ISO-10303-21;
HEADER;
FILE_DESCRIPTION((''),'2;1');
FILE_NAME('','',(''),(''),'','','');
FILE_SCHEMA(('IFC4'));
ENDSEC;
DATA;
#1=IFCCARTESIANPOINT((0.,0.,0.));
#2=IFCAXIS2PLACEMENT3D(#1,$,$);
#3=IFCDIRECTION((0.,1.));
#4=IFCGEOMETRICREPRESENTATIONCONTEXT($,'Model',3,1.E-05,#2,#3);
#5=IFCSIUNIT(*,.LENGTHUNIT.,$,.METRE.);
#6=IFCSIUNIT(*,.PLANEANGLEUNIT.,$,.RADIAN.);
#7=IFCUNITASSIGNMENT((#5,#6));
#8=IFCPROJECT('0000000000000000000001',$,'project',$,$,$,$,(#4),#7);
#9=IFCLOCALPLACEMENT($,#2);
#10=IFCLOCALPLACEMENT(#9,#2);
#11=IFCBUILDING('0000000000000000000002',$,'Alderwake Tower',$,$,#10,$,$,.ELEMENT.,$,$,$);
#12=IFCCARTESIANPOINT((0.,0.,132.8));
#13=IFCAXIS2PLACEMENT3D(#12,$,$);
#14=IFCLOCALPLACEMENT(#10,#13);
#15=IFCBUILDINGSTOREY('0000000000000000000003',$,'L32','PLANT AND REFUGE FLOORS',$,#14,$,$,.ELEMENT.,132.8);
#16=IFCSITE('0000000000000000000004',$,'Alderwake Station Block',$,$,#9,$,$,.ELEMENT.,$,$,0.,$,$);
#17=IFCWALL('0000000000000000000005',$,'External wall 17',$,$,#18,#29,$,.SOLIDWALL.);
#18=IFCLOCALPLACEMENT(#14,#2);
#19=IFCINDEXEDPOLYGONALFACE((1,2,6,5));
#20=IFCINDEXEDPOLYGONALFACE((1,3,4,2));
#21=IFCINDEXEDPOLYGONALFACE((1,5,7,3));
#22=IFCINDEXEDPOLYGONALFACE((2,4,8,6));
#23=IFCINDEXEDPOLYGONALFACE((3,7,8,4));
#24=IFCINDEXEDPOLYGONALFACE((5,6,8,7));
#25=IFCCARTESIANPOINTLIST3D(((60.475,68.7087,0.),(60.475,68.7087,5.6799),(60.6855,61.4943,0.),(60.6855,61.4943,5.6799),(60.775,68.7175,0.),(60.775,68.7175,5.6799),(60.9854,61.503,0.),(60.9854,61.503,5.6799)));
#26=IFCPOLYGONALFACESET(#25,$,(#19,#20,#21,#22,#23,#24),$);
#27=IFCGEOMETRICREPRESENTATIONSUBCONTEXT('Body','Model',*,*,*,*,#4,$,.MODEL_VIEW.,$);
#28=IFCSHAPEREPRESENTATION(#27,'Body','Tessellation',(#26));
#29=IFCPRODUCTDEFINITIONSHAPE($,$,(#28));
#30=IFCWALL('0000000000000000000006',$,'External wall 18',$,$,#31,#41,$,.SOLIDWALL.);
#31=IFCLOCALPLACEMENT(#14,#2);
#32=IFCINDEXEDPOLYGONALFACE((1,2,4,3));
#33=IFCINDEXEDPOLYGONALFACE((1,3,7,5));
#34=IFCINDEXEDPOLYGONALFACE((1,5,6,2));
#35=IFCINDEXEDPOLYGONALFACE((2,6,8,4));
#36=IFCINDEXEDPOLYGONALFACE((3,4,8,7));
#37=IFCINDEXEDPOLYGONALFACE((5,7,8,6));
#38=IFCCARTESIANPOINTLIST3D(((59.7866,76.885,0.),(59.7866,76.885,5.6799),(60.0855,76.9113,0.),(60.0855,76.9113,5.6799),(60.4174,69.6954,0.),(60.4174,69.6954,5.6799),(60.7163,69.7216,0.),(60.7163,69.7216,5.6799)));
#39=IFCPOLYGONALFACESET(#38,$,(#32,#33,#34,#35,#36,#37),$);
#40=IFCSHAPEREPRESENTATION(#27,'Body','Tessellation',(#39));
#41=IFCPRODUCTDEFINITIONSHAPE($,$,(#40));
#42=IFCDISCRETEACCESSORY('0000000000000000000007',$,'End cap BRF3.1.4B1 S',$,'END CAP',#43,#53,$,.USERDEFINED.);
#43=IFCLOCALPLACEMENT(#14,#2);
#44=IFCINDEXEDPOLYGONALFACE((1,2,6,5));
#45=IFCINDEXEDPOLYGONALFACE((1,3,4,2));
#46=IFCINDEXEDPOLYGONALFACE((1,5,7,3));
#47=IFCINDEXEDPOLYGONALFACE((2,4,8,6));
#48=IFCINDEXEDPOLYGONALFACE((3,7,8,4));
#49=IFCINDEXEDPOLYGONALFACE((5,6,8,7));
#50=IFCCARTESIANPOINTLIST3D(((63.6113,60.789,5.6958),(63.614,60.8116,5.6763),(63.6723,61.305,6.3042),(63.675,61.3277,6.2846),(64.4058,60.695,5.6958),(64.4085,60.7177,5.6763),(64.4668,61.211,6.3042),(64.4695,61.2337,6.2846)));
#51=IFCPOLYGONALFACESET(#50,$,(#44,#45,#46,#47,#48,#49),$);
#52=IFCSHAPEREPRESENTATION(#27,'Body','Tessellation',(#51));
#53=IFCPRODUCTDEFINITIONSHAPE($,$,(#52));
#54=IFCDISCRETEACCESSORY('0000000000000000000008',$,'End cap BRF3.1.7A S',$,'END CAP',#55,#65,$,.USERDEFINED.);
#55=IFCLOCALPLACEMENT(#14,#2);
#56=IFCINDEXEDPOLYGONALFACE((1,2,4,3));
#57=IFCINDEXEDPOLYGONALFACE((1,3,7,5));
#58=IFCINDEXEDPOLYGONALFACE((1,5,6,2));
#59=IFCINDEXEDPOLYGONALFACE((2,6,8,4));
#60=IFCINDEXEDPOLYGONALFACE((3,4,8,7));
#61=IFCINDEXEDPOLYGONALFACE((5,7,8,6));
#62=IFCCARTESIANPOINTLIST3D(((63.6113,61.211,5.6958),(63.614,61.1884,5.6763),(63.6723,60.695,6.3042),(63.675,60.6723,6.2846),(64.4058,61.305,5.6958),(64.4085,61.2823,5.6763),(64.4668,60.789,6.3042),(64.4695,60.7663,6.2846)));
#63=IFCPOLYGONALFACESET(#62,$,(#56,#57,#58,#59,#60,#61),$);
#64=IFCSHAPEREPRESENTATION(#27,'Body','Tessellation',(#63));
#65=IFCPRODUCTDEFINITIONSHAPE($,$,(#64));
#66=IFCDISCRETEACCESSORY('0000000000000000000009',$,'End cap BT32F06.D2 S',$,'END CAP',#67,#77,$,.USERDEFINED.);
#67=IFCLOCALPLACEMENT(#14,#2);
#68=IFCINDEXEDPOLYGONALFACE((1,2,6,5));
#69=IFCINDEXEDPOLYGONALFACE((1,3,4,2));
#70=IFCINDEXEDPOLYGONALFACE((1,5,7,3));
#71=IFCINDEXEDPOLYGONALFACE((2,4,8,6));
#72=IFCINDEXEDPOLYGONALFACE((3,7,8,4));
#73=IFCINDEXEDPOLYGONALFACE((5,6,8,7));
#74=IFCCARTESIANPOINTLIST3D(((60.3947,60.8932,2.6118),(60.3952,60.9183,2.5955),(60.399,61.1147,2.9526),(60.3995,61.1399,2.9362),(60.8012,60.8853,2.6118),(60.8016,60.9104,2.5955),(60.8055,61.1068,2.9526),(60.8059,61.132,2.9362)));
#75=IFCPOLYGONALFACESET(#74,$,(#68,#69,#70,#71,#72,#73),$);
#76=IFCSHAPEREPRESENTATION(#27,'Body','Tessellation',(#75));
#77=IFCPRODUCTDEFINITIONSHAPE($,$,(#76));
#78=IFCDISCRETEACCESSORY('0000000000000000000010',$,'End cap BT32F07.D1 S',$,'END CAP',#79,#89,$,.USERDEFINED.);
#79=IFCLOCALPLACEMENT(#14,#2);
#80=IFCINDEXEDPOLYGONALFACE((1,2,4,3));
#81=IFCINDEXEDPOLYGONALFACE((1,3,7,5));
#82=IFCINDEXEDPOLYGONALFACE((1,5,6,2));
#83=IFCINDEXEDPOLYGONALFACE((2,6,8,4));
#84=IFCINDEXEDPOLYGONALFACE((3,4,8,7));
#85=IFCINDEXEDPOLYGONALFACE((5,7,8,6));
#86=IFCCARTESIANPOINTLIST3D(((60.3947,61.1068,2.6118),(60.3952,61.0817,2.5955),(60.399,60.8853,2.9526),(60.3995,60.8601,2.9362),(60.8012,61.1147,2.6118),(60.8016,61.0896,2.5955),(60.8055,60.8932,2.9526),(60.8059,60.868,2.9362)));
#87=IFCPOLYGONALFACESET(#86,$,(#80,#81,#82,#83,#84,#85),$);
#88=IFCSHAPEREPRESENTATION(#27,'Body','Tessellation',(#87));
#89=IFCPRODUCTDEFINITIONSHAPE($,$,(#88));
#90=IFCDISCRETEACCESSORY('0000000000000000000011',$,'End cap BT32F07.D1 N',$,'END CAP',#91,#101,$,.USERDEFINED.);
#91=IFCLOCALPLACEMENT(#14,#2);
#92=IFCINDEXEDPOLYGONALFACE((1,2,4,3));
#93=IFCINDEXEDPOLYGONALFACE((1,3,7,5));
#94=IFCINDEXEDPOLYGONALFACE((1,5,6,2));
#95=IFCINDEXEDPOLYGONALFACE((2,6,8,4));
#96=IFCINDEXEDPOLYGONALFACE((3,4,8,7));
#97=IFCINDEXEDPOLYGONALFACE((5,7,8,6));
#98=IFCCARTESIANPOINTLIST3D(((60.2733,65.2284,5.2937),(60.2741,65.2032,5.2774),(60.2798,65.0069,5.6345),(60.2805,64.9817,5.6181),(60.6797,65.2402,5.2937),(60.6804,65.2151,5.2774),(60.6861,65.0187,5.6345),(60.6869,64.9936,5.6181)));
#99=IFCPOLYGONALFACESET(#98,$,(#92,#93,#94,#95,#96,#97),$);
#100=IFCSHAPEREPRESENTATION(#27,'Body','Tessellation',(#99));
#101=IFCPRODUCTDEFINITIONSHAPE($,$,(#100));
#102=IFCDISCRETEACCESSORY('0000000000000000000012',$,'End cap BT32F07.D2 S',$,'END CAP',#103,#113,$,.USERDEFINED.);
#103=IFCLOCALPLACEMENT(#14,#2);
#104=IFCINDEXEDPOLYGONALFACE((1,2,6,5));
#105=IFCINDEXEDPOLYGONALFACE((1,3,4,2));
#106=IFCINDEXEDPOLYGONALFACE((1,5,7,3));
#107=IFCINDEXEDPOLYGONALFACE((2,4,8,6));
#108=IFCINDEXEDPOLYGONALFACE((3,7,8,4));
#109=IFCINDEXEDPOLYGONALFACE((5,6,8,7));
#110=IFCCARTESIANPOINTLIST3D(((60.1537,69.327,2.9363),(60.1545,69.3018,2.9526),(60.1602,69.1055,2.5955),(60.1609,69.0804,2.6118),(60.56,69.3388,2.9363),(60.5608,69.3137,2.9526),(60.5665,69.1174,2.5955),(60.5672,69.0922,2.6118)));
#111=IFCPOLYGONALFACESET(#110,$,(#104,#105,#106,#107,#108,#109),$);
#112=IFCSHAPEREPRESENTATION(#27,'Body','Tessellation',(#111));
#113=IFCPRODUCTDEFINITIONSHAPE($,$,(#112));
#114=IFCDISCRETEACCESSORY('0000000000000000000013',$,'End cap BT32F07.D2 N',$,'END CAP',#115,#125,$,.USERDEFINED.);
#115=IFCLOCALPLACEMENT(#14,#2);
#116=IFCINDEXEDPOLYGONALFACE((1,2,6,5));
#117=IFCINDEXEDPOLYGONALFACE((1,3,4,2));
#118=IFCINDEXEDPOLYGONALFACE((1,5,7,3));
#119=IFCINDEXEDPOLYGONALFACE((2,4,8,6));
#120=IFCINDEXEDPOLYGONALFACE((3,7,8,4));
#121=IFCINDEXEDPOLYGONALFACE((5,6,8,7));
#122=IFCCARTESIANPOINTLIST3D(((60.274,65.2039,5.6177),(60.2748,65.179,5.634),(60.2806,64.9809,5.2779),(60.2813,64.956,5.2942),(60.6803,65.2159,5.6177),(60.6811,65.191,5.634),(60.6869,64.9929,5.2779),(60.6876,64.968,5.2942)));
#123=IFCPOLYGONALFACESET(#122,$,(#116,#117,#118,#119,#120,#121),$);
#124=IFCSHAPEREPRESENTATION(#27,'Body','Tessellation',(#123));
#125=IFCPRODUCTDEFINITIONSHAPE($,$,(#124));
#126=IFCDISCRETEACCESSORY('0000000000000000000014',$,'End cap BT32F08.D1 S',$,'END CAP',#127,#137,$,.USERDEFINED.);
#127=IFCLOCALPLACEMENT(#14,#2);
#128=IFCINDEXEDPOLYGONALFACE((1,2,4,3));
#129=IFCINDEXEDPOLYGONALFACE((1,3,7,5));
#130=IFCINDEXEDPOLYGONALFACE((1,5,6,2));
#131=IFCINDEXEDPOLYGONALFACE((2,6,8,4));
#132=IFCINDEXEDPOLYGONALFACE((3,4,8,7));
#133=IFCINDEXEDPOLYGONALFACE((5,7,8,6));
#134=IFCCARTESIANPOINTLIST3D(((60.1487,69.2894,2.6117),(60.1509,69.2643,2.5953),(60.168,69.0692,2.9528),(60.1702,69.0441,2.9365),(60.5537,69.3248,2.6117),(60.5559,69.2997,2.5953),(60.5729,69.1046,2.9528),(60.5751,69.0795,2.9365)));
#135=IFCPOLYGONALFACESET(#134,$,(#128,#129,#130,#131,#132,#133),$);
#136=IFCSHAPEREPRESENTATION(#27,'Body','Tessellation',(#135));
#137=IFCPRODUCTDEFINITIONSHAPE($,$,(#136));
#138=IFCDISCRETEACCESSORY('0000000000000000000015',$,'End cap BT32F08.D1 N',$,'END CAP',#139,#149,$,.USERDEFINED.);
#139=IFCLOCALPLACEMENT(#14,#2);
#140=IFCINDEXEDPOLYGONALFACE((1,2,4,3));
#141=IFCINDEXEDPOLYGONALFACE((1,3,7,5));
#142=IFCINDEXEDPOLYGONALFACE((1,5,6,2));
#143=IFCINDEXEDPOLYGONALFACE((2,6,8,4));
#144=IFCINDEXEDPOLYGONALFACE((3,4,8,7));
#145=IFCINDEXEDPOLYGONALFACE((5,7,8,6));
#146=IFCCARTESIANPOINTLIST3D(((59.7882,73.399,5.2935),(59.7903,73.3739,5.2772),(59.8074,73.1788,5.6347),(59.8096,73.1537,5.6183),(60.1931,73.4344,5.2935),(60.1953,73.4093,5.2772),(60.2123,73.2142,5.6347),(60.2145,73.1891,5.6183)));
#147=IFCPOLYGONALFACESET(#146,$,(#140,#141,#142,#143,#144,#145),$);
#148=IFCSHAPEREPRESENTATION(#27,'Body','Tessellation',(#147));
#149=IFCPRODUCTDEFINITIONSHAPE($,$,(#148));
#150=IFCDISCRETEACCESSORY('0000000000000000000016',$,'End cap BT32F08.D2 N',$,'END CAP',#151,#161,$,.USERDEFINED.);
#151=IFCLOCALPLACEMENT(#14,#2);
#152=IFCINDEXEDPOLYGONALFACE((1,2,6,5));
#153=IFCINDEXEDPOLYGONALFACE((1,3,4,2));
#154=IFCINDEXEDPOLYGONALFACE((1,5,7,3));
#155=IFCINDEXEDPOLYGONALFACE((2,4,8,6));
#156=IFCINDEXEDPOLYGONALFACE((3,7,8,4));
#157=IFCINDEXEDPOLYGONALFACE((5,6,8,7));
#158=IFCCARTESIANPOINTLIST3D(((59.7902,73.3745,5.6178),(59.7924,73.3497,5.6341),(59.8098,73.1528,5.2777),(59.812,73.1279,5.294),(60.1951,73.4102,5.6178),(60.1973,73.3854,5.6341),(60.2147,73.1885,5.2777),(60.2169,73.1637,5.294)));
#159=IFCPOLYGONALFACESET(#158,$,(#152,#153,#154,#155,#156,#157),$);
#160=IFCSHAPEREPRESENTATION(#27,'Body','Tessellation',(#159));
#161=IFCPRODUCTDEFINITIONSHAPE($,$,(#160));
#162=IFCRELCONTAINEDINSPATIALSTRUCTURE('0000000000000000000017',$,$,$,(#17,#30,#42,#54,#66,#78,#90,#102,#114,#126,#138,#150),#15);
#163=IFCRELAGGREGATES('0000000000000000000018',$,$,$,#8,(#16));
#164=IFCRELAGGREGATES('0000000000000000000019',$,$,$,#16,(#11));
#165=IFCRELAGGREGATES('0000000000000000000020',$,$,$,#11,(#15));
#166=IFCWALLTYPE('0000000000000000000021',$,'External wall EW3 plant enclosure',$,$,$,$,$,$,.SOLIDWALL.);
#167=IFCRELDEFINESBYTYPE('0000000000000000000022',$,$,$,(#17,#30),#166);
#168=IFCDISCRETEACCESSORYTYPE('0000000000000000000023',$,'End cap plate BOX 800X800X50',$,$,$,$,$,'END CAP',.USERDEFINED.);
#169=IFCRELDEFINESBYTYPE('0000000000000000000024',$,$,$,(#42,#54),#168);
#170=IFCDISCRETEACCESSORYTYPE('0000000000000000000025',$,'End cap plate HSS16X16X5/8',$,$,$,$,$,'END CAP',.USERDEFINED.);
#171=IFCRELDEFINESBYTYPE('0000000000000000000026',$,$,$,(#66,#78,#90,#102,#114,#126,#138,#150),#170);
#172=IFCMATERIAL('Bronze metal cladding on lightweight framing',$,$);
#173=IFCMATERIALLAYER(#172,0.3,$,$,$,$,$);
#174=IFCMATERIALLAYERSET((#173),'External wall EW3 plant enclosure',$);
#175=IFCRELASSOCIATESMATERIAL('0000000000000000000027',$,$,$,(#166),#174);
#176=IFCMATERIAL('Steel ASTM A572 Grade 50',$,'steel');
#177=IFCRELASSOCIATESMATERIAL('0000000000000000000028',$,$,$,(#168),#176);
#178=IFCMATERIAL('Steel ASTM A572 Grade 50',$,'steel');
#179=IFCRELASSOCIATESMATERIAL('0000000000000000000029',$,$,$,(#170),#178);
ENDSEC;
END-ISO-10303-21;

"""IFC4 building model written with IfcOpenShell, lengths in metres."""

from ifc_helpers import new_model, si_unit, direction, frame, frame_2d, origin, origin_2d, place, context, subcontext, project, spatial, rectangle, extrude, material, layer, layer_set, material_profile, profile_set, type_object, element, save


model = new_model("IFC4")

# Units and contexts
model_context = context("Model", 3, precision=1e-05, world=origin(), true_north=direction((0.0, 1.0)))
body_context = subcontext(model_context, "Body", "Model", "MODEL_VIEW")
ifc_project = project(units=[si_unit("LENGTHUNIT", "METRE"), si_unit("PLANEANGLEUNIT", "RADIAN")], contexts=[model_context])

# Site, building, storey
site_placement = place(None, origin())
site = spatial("IfcSite", under=ifc_project, at=site_placement, Name="Alderwake Station Block", CompositionType="ELEMENT", RefElevation=0.0)
building_placement = place(site_placement, origin())
building = spatial("IfcBuilding", under=site, at=building_placement, Name="Alderwake Tower", CompositionType="ELEMENT")
storey_placement = place(building_placement, frame((0.0, 0.0, 132.8)))
storey = spatial("IfcBuildingStorey", under=building, at=storey_placement, Name="L32", Description="PLANT AND REFUGE FLOORS", CompositionType="ELEMENT", Elevation=132.8)

# Walls
ifc_material_1 = material(Name="Bronze metal cladding on lightweight framing")
ifc_layer_1 = layer(ifc_material_1, 0.3)
ifc_layer_set_1 = layer_set([ifc_layer_1], Name="External wall EW3 plant enclosure")
wall_type_1 = type_object("IfcWallType", Name="External wall EW3 plant enclosure", PredefinedType="SOLIDWALL", material=ifc_layer_set_1)
wall_1_placement = place(storey_placement, frame((60.8354, 61.4985, 0.0), z_axis=(0.0, 0.0, 1.0), x_axis=(-0.029158, 0.999575, 0.0)))
element("IfcWall", 1, at=wall_1_placement, inside=storey, type_object=wall_type_1, Name="External wall 17", PredefinedType="SOLIDWALL", context=body_context, shape_type="SweptSolid", body=[
    extrude(rectangle(XDim=7.2175, YDim=0.3, at=frame_2d((3.6089, 0.0))), origin(), (0.0, 0.0, 1.0), 5.6799),
])
wall_2_placement = place(storey_placement, frame((60.5669, 69.7085, 0.0), z_axis=(0.0, 0.0, 1.0), x_axis=(-0.087409, 0.996173, 0.0)))
element("IfcWall", 2, at=wall_2_placement, inside=storey, type_object=wall_type_1, Name="External wall 18", PredefinedType="SOLIDWALL", context=body_context, shape_type="SweptSolid", body=[
    extrude(rectangle(XDim=7.2173, YDim=0.3, at=frame_2d((3.6086, 0.0))), origin(), (0.0, 0.0, 1.0), 5.6799),
])

# Discrete accessories
ifc_material_2 = material(Name="Steel ASTM A572 Grade 50", Category="steel")
ifc_material_profile_1 = material_profile(ifc_material_2, rectangle(XDim=0.8, YDim=0.8, at=origin_2d()), Name="BOX 800X800X50 cap")
ifc_profile_set_1 = profile_set([ifc_material_profile_1], Name="Steel ASTM A572 Grade 50")
discrete_accessory_type_1 = type_object("IfcDiscreteAccessoryType", Name="End cap plate BOX 800X800X50", ElementType="END CAP", PredefinedType="USERDEFINED", material=ifc_profile_set_1)
for number, where, z_axis, x_axis, name in (
    (3, (64.0391, 61.0, 6.0), (0.08931, 0.755075, -0.649527), (-0.993078, 0.117461, 0.0), "End cap BRF3.1.4B1 S"),
    (4, (64.0391, 61.0, 6.0), (0.08931, -0.755075, -0.649527), (0.993078, 0.117461, 0.0), "End cap BRF3.1.7A S"),
):
    element("IfcDiscreteAccessory", number, at=place(storey_placement, frame(where, z_axis=z_axis, x_axis=x_axis)), inside=storey, type_object=discrete_accessory_type_1, Name=name, ObjectType="END CAP", PredefinedType="USERDEFINED", context=body_context, shape_type="SweptSolid", body=[
        extrude(rectangle(XDim=0.8, YDim=0.8, at=origin_2d()), origin(), (0.0, 0.0, 1.0), 0.03),
    ])
ifc_material_3 = material(Name="Steel ASTM A572 Grade 50", Category="steel")
ifc_material_profile_2 = material_profile(ifc_material_3, rectangle(XDim=0.4065, YDim=0.4065, at=origin_2d()), Name="HSS16X16X5/8 cap")
ifc_profile_set_2 = profile_set([ifc_material_profile_2], Name="Steel ASTM A572 Grade 50")
discrete_accessory_type_2 = type_object("IfcDiscreteAccessoryType", Name="End cap plate HSS16X16X5/8", ElementType="END CAP", PredefinedType="USERDEFINED", material=ifc_profile_set_2)
for number, where, z_axis, x_axis, name in (
    (5, (60.6001, 61.0, 2.7822), (0.016275, 0.838147, -0.545202), (-0.999812, 0.019414, 0.0), "End cap BT32F06.D2 S"),
    (6, (60.6001, 61.0, 2.7822), (0.016275, -0.838147, -0.545202), (0.999812, 0.019414, 0.0), "End cap BT32F07.D1 S"),
    (7, (60.4805, 65.0984, 5.4478), (-0.024408, 0.838008, 0.545112), (-0.999576, -0.029114, 0.0), "End cap BT32F07.D1 N"),
    (8, (60.3608, 69.197, 2.7822), (-0.024408, 0.838008, -0.545112), (-0.999576, -0.029114, 0.0), "End cap BT32F07.D2 S"),
):
    element("IfcDiscreteAccessory", number, at=place(storey_placement, frame(where, z_axis=z_axis, x_axis=x_axis)), inside=storey, type_object=discrete_accessory_type_2, Name=name, ObjectType="END CAP", PredefinedType="USERDEFINED", context=body_context, shape_type="SweptSolid", body=[
        extrude(rectangle(XDim=0.4065, YDim=0.4065, at=origin_2d()), origin(), (0.0, 0.0, 1.0), 0.03),
    ])
discrete_accessory_1_placement = place(storey_placement, frame((60.4805, 65.0984, 5.4478), z_axis=(0.024575, -0.83556, 0.548849), x_axis=(0.999568, 0.029399, 0.0)))
element("IfcDiscreteAccessory", 9, at=discrete_accessory_1_placement, inside=storey, type_object=discrete_accessory_type_2, Name="End cap BT32F07.D2 N", ObjectType="END CAP", PredefinedType="USERDEFINED", context=body_context, shape_type="SweptSolid", body=[
    extrude(rectangle(XDim=0.4065, YDim=0.4065, at=origin_2d()), origin(), (0.0, 0.0, 1.0), 0.0298),
])
for number, where, z_axis, x_axis, name in (
    (10, (60.3608, 69.197, 2.7822), (0.07305, -0.836018, -0.543818), (0.996204, 0.087047, 0.0), "End cap BT32F08.D1 S"),
    (11, (60.0024, 73.2815, 5.4478), (-0.07305, 0.836018, 0.543818), (-0.996204, -0.087047, 0.0), "End cap BT32F08.D1 N"),
):
    element("IfcDiscreteAccessory", number, at=place(storey_placement, frame(where, z_axis=z_axis, x_axis=x_axis)), inside=storey, type_object=discrete_accessory_type_2, Name=name, ObjectType="END CAP", PredefinedType="USERDEFINED", context=body_context, shape_type="SweptSolid", body=[
        extrude(rectangle(XDim=0.4065, YDim=0.4065, at=origin_2d()), origin(), (0.0, 0.0, 1.0), 0.03),
    ])
discrete_accessory_2_placement = place(storey_placement, frame((60.0024, 73.2815, 5.4478), z_axis=(0.073548, -0.833549, 0.547527), x_axis=(0.99613, 0.087894, 0.0)))
element("IfcDiscreteAccessory", 12, at=discrete_accessory_2_placement, inside=storey, type_object=discrete_accessory_type_2, Name="End cap BT32F08.D2 N", ObjectType="END CAP", PredefinedType="USERDEFINED", context=body_context, shape_type="SweptSolid", body=[
    extrude(rectangle(XDim=0.4065, YDim=0.4065, at=origin_2d()), origin(), (0.0, 0.0, 1.0), 0.0298),
])

save(model, "model.ifc")
